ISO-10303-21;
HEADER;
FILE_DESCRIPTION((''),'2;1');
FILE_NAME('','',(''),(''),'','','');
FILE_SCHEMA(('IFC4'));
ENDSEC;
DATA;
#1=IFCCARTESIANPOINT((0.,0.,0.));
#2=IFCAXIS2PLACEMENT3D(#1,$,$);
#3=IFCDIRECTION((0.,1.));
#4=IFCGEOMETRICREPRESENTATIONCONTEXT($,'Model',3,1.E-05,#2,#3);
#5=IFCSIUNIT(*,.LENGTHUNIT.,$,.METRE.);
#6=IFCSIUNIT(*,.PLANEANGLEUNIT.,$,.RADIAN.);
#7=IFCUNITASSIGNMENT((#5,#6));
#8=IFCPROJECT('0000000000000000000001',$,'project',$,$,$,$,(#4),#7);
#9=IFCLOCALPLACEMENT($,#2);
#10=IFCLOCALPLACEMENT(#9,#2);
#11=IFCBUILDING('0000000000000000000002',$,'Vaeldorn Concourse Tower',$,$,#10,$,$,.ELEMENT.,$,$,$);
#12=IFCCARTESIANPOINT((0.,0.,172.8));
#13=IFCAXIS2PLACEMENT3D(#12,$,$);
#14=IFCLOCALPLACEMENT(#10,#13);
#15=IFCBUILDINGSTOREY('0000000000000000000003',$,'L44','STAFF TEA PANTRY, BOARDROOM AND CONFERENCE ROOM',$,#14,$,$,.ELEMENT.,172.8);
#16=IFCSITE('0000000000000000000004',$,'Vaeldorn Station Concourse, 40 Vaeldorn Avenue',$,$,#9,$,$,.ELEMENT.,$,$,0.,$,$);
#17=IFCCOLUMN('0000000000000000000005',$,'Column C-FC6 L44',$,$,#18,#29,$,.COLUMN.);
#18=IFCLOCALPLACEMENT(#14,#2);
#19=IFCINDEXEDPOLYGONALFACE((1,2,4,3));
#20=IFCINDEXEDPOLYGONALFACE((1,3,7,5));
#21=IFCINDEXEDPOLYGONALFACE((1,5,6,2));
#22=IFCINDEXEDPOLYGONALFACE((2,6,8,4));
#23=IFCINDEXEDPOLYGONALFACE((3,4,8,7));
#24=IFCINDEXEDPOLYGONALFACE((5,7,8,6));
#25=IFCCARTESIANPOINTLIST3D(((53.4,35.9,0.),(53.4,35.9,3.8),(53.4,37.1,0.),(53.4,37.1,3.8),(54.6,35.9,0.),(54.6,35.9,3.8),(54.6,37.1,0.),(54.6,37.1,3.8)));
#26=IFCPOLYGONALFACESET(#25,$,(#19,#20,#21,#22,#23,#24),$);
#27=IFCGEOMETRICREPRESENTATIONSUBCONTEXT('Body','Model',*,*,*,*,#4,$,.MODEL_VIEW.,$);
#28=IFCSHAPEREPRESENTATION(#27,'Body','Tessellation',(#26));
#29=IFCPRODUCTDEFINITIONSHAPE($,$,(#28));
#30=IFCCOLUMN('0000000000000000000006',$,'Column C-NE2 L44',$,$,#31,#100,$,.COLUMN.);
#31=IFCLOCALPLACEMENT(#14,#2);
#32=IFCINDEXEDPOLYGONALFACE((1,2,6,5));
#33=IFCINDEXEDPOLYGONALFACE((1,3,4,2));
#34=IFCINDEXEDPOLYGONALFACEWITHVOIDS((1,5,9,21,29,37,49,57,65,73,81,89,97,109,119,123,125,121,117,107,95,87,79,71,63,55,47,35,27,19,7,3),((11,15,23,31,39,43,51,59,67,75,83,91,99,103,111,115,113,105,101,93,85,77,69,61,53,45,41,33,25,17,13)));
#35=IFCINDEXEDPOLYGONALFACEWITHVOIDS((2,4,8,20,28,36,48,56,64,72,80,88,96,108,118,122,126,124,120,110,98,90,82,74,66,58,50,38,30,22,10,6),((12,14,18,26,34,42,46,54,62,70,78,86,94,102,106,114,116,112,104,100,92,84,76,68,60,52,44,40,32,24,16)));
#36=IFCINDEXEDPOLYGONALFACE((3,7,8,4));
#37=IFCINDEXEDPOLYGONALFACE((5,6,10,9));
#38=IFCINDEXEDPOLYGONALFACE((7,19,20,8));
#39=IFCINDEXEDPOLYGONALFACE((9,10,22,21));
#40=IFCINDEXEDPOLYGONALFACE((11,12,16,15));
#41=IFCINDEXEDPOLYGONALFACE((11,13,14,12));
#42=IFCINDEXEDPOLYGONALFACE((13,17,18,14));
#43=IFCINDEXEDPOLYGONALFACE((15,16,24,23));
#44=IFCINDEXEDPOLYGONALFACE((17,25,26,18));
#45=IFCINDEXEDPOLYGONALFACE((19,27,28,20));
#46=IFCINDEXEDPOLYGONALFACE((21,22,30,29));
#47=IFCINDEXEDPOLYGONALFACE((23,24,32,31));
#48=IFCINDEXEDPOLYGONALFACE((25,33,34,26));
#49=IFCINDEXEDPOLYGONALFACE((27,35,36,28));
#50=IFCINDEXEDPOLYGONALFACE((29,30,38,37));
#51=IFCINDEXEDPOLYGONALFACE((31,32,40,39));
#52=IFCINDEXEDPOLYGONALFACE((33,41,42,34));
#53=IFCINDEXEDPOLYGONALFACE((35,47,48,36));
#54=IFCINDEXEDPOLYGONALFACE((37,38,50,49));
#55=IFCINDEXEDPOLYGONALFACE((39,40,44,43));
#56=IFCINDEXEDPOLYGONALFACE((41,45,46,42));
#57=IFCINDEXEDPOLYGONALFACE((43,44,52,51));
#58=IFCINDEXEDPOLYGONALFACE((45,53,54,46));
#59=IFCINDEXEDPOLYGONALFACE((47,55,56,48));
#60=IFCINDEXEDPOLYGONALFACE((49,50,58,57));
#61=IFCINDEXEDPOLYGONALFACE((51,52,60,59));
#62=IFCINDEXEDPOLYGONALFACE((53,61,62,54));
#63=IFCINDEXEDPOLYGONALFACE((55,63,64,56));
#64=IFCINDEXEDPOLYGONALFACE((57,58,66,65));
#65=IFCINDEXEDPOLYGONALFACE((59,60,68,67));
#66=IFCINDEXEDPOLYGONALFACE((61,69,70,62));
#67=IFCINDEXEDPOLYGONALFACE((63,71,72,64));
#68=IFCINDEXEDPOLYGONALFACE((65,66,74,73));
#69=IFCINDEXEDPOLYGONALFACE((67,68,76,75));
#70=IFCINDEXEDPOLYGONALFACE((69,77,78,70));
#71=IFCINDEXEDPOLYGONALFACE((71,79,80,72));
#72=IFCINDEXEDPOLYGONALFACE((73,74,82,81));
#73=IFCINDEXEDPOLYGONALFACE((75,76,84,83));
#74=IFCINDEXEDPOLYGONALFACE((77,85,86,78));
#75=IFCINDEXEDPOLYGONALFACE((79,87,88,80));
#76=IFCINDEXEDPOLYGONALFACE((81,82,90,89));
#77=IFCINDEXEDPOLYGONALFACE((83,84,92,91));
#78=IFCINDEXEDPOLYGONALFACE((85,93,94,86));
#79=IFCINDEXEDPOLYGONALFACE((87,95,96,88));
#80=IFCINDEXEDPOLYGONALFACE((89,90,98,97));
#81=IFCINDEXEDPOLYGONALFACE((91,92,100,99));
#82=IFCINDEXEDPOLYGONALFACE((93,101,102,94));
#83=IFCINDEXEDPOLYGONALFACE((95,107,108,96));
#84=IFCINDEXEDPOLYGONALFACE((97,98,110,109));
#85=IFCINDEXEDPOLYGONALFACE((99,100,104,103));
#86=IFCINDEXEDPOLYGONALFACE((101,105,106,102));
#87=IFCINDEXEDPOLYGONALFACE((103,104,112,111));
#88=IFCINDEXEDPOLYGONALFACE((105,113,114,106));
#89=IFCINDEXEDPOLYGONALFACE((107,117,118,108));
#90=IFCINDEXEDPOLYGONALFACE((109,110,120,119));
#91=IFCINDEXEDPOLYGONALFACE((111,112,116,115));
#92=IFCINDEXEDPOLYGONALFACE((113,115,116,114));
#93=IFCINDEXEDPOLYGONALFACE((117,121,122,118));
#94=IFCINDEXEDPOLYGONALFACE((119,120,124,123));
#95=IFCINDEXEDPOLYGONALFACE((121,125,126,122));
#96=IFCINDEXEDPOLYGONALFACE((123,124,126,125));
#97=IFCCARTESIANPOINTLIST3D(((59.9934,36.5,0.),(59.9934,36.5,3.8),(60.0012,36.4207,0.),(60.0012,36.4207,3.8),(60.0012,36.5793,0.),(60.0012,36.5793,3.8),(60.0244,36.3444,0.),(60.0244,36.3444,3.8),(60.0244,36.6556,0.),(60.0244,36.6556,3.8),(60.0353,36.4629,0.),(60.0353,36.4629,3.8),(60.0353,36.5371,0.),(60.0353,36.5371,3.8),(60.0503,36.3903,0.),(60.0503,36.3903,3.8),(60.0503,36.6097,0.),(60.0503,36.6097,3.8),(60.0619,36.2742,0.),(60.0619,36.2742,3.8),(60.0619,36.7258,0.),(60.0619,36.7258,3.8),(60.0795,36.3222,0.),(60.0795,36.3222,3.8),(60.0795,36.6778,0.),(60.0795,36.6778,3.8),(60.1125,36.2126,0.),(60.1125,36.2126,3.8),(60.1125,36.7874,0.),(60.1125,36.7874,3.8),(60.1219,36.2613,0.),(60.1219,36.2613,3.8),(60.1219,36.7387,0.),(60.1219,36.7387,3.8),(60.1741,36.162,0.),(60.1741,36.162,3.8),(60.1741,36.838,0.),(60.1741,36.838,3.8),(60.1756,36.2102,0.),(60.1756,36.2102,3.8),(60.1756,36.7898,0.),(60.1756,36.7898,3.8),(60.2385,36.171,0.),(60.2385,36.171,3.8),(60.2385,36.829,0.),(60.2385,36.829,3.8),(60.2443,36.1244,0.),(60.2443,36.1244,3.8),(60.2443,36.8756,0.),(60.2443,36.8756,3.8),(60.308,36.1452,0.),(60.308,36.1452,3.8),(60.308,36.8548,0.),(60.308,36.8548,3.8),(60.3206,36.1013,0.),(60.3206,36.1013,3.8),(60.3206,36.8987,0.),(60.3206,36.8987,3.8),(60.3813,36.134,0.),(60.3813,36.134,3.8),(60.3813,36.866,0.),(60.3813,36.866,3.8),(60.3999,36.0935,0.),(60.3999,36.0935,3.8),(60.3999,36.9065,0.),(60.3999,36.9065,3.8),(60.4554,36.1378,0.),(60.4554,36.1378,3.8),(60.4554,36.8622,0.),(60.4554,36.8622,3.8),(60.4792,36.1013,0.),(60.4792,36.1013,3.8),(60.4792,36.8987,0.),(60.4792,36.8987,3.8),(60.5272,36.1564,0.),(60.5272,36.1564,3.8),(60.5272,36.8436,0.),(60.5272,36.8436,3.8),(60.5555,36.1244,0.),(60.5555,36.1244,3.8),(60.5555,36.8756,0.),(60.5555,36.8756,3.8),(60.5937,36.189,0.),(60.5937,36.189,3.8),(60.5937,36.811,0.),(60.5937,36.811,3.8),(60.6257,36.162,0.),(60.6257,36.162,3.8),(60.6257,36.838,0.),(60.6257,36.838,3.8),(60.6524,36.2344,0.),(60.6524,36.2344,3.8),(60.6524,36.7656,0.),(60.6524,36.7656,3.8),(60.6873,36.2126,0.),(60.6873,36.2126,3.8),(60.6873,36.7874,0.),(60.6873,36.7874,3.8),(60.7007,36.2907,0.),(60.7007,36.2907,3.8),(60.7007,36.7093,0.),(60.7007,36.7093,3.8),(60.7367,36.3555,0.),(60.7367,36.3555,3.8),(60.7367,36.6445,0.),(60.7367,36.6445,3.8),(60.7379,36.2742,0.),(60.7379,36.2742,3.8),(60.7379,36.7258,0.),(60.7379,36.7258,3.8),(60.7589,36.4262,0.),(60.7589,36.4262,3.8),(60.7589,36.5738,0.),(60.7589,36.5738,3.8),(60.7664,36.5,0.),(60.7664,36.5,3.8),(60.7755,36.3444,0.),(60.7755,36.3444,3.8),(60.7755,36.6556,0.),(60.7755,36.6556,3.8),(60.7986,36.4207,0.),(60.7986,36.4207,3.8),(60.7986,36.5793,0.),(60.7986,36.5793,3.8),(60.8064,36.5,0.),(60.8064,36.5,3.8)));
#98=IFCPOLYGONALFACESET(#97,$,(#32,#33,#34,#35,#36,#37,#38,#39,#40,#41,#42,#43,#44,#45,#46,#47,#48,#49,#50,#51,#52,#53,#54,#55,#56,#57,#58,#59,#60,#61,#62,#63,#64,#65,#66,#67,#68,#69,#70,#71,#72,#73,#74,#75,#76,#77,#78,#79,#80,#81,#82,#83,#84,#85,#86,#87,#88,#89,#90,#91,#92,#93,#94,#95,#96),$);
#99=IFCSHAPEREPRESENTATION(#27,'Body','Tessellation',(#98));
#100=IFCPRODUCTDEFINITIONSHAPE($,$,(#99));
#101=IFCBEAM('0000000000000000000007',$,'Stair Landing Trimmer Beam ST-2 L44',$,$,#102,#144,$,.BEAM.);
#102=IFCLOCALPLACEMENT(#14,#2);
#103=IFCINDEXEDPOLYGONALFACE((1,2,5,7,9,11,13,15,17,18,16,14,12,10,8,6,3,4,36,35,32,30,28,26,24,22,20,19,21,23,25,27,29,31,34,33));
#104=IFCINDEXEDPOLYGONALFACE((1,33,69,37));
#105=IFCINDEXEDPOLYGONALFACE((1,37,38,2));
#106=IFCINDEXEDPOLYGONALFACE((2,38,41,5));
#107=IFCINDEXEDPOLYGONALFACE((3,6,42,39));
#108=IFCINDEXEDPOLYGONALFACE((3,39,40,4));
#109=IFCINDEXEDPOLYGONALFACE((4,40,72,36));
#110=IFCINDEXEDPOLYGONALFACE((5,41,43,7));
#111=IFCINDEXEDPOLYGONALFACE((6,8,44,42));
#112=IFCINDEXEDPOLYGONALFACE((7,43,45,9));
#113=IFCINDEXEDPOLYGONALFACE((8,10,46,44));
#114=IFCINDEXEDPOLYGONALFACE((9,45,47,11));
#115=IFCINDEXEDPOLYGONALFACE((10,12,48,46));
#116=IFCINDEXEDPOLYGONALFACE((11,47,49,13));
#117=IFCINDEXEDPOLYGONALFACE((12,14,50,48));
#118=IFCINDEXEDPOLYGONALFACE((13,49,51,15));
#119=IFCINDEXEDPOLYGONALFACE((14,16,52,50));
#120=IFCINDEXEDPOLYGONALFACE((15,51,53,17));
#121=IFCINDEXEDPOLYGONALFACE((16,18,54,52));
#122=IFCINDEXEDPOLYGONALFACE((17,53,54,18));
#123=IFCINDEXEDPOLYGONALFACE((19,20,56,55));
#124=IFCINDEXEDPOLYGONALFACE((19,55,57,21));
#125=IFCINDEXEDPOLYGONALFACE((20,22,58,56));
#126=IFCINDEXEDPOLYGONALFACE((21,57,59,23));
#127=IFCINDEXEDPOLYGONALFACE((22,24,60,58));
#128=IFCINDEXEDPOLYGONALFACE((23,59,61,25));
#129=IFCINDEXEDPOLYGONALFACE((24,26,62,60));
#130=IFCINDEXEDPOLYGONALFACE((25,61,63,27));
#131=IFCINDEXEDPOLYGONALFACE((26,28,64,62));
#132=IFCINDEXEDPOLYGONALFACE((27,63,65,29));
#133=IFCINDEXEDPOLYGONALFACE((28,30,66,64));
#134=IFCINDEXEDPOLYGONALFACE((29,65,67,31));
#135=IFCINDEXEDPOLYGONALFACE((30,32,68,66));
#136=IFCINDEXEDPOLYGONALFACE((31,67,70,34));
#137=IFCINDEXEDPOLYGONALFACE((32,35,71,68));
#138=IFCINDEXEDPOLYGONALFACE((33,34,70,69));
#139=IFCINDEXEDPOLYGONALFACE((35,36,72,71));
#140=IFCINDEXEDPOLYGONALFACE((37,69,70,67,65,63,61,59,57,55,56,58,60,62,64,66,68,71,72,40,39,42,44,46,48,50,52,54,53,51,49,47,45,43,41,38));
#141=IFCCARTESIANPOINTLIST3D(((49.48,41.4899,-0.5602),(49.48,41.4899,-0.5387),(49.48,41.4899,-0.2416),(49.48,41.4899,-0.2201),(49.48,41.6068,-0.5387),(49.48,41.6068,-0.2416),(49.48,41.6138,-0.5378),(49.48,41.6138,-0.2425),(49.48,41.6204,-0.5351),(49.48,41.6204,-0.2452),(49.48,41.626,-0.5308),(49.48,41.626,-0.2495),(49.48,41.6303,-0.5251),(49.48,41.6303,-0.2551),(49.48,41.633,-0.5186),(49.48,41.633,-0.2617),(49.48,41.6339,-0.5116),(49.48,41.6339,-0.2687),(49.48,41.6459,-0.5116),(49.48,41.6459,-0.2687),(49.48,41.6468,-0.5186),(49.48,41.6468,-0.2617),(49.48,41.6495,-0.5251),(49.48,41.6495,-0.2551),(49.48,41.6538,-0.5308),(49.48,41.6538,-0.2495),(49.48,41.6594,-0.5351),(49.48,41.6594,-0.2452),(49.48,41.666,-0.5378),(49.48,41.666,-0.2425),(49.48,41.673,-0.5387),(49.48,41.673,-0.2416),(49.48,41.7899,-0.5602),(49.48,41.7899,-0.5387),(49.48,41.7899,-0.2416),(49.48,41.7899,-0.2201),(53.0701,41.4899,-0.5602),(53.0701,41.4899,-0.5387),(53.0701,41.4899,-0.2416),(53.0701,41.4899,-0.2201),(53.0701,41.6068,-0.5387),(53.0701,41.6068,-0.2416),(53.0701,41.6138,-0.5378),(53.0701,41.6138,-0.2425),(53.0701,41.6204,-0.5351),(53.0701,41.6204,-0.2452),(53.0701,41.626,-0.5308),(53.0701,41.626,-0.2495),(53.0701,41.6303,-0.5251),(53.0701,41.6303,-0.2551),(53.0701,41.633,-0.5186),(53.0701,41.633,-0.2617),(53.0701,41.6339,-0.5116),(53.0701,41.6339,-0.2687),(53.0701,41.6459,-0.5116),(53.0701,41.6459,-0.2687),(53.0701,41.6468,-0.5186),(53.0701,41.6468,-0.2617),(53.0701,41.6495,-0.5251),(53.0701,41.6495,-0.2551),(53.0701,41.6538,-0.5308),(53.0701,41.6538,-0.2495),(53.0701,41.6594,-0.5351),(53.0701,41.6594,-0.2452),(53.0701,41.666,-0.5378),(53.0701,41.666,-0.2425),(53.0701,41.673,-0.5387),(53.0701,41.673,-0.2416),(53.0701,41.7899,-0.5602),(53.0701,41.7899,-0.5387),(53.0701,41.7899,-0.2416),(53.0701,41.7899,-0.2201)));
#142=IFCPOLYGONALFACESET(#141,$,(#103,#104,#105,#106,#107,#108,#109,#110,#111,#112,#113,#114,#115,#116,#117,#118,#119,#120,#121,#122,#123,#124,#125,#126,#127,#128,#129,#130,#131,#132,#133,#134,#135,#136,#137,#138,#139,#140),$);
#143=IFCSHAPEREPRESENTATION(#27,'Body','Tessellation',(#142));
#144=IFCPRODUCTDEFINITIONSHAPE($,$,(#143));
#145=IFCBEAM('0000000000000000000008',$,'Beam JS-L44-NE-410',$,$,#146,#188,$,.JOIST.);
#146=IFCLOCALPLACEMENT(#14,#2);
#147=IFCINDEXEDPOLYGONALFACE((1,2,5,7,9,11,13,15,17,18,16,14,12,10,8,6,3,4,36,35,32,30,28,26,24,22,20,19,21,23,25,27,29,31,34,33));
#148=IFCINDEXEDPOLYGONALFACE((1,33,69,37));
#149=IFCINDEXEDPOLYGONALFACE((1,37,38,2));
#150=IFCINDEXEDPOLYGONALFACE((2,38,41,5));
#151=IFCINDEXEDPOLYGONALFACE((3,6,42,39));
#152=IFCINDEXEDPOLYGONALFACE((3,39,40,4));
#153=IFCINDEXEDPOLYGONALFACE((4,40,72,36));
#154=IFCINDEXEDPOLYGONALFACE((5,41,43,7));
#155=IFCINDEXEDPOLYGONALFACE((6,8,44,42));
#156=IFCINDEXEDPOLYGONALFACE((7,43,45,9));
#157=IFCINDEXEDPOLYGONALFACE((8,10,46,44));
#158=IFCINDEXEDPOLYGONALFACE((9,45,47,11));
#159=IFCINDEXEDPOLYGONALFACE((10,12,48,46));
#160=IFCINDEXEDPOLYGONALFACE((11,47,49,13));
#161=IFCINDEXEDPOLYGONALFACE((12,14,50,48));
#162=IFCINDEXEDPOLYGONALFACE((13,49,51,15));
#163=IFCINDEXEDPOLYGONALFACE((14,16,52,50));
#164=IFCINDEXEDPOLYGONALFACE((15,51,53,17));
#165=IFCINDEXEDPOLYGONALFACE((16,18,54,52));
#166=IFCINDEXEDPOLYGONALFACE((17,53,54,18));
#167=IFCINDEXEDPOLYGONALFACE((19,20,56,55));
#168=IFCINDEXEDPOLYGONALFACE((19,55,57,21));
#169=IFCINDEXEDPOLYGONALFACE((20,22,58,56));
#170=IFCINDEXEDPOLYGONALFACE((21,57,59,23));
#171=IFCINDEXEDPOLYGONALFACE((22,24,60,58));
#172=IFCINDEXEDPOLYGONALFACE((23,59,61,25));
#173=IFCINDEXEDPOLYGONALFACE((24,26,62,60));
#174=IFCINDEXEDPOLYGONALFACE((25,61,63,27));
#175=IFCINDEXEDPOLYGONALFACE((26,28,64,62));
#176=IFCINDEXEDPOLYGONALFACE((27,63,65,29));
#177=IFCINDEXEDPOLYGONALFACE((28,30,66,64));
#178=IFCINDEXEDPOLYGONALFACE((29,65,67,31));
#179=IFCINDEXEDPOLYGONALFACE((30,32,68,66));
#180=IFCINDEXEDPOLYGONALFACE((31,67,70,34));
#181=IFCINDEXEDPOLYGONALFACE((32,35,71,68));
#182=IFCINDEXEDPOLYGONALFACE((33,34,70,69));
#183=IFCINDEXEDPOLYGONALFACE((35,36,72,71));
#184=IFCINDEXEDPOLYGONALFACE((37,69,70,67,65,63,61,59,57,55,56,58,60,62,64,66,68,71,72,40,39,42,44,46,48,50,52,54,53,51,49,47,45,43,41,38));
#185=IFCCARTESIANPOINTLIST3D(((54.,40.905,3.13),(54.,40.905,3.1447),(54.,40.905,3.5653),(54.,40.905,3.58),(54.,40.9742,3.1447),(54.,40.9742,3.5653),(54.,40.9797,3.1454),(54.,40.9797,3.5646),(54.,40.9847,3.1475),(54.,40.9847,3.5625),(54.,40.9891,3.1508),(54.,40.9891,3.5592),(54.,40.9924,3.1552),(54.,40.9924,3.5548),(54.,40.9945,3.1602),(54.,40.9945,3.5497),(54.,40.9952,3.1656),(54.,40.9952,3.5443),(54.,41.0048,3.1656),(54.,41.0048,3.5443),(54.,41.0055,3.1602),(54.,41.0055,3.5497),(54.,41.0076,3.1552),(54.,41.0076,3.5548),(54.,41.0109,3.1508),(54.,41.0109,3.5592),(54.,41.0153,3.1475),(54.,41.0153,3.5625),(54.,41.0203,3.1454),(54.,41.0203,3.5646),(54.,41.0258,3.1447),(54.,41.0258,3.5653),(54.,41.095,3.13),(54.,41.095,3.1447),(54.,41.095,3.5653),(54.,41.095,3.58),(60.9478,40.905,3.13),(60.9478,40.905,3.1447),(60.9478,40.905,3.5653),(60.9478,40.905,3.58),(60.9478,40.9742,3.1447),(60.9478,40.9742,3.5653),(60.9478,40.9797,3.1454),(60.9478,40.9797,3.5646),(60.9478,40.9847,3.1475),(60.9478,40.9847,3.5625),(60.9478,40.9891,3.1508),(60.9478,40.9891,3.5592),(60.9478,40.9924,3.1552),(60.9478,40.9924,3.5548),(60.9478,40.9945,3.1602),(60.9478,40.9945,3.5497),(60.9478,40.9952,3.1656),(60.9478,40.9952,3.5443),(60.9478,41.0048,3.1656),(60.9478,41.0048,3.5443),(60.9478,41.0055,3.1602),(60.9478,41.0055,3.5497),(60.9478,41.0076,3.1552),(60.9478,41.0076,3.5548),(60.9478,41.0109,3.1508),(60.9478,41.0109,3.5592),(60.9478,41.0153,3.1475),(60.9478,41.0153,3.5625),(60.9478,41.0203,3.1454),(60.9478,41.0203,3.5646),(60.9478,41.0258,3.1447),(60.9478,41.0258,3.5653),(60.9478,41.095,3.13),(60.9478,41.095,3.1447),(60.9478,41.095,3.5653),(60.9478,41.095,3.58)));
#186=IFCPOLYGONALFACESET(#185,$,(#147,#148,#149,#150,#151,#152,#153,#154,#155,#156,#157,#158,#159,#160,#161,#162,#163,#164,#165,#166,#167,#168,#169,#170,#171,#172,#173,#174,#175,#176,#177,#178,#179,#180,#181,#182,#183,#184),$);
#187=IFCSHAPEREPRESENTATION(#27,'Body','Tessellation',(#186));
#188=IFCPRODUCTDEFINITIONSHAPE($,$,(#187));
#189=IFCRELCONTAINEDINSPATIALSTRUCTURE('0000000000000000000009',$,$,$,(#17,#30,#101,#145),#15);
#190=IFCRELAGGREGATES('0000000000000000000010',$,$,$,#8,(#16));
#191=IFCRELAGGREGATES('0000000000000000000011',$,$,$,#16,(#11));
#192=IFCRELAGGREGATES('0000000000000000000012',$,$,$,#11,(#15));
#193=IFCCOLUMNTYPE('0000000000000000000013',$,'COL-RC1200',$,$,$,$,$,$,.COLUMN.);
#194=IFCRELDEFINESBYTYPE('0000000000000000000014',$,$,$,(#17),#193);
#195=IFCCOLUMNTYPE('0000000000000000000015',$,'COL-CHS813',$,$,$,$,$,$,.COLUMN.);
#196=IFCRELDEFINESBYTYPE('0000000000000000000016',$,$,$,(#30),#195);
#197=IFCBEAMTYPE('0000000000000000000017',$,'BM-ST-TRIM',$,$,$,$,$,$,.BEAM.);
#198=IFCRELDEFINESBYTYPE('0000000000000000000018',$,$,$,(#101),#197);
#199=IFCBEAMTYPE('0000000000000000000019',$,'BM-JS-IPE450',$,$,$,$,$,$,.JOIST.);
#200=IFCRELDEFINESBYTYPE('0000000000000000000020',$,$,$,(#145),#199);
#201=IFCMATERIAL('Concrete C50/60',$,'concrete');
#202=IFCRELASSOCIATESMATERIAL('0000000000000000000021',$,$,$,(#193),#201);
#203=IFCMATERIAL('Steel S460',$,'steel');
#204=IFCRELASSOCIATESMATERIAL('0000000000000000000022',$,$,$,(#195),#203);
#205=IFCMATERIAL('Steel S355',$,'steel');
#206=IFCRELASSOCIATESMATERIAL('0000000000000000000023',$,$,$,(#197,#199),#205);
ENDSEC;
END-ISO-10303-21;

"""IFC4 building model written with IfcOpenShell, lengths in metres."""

from ifc_helpers import new_model, si_unit, direction, frame, origin, origin_2d, place, context, subcontext, project, spatial, rectangle, hollow_circle, i_section, extrude, source, transform, mapped, material, material_profile, profile_set, type_object, element, save


model = new_model("IFC4")

# Units and contexts
model_context = context("Model", 3, precision=1e-05, world=origin(), true_north=direction((0.0, 1.0)))
body_context = subcontext(model_context, "Body", "Model", "MODEL_VIEW")
ifc_project = project(units=[si_unit("LENGTHUNIT", "METRE"), si_unit("PLANEANGLEUNIT", "RADIAN")], contexts=[model_context])

# Site, building, storey
site_placement = place(None, origin())
site = spatial("IfcSite", under=ifc_project, at=site_placement, Name="Vaeldorn Station Concourse, 40 Vaeldorn Avenue", CompositionType="ELEMENT", RefElevation=0.0)
building_placement = place(site_placement, origin())
building = spatial("IfcBuilding", under=site, at=building_placement, Name="Vaeldorn Concourse Tower", CompositionType="ELEMENT")
storey_placement = place(building_placement, frame((0.0, 0.0, 172.8)))
storey = spatial("IfcBuildingStorey", under=building, at=storey_placement, Name="L44", Description="STAFF TEA PANTRY, BOARDROOM AND CONFERENCE ROOM", CompositionType="ELEMENT", Elevation=172.8)

# Columns
ifc_material_1 = material(Name="Concrete C50/60", Category="concrete")
ifc_material_profile_1 = material_profile(ifc_material_1, rectangle(XDim=1.2, YDim=1.2, at=origin_2d()), Name="RC 1200x1200")
ifc_profile_set_1 = profile_set([ifc_material_profile_1], Name="Concrete C50/60")
column_type_1 = type_object("IfcColumnType", Name="COL-RC1200", PredefinedType="COLUMN", material=ifc_profile_set_1)
shared_shape_1 = source(origin(), body_context, "Body", "SweptSolid", [
    extrude(rectangle(XDim=1.2, YDim=1.2, at=origin_2d()), origin(), (0.0, 0.0, 1.0), 3.8),
])
column_1_placement = place(storey_placement, frame((54.0, 36.5, 0.0), z_axis=(0.0, 0.0, 1.0), x_axis=(1.0, 0.0, 0.0)))
element("IfcColumn", 1, at=column_1_placement, inside=storey, type_object=column_type_1, Name="Column C-FC6 L44", PredefinedType="COLUMN", context=body_context, shape_type="MappedRepresentation", body=[
    mapped(shared_shape_1, transform((0.0, 0.0, 0.0), scale=1.0)),
])
ifc_material_2 = material(Name="Steel S460", Category="steel")
ifc_material_profile_2 = material_profile(ifc_material_2, hollow_circle(Radius=0.4065, WallThickness=0.04, at=origin_2d()), Name="CHS 813x40")
ifc_profile_set_2 = profile_set([ifc_material_profile_2], Name="Steel S460")
column_type_2 = type_object("IfcColumnType", Name="COL-CHS813", PredefinedType="COLUMN", material=ifc_profile_set_2)
shared_shape_2 = source(origin(), body_context, "Body", "SweptSolid", [
    extrude(hollow_circle(Radius=0.4065, WallThickness=0.04, at=origin_2d()), origin(), (0.0, 0.0, 1.0), 3.8),
])
column_2_placement = place(storey_placement, frame((60.3999, 36.5, 0.0), z_axis=(0.0, 0.0, 1.0), x_axis=(1.0, 0.0, 0.0)))
element("IfcColumn", 2, at=column_2_placement, inside=storey, type_object=column_type_2, Name="Column C-NE2 L44", PredefinedType="COLUMN", context=body_context, shape_type="MappedRepresentation", body=[
    mapped(shared_shape_2, transform((0.0, 0.0, 0.0), scale=1.0)),
])

# Beams
ifc_material_3 = material(Name="Steel S355", Category="steel")
ifc_material_profile_3 = material_profile(ifc_material_3, i_section(OverallWidth=0.3, OverallDepth=0.3401, WebThickness=0.012, FlangeThickness=0.0215, FilletRadius=0.0271, at=origin_2d()), Name="HEB 340")
ifc_profile_set_3 = profile_set([ifc_material_profile_3], Name="Steel S355")
beam_type_1 = type_object("IfcBeamType", Name="BM-ST-TRIM", PredefinedType="BEAM", material=ifc_profile_set_3)
shared_shape_3 = source(origin(), body_context, "Body", "SweptSolid", [
    extrude(i_section(OverallWidth=0.3, OverallDepth=0.3401, WebThickness=0.012, FlangeThickness=0.0215, FilletRadius=0.0271, at=origin_2d()), origin(), (0.0, 0.0, 1.0), 3.5901),
])
beam_1_placement = place(storey_placement, frame((49.48, 41.6399, -0.3901), z_axis=(1.0, 0.0, 0.0), x_axis=(0.0, 1.0, 0.0)))
element("IfcBeam", 3, at=beam_1_placement, inside=storey, type_object=beam_type_1, Name="Stair Landing Trimmer Beam ST-2 L44", PredefinedType="BEAM", context=body_context, shape_type="MappedRepresentation", body=[
    mapped(shared_shape_3, transform((0.0, 0.0, 0.0), scale=1.0)),
])
ifc_material_profile_4 = material_profile(ifc_material_3, i_section(OverallWidth=0.1899, OverallDepth=0.45, WebThickness=0.0095, FlangeThickness=0.0146, FilletRadius=0.021, at=origin_2d()), Name="IPE 450")
ifc_profile_set_4 = profile_set([ifc_material_profile_4], Name="Steel S355")
beam_type_2 = type_object("IfcBeamType", Name="BM-JS-IPE450", PredefinedType="JOIST", material=ifc_profile_set_4)
shared_shape_4 = source(origin(), body_context, "Body", "SweptSolid", [
    extrude(i_section(OverallWidth=0.1899, OverallDepth=0.45, WebThickness=0.0095, FlangeThickness=0.0146, FilletRadius=0.021, at=origin_2d()), origin(), (0.0, 0.0, 1.0), 6.9478),
])
beam_2_placement = place(storey_placement, frame((54.0, 41.0, 3.355), z_axis=(1.0, 0.0, 0.0), x_axis=(0.0, 1.0, 0.0)))
element("IfcBeam", 4, at=beam_2_placement, inside=storey, type_object=beam_type_2, Name="Beam JS-L44-NE-410", PredefinedType="JOIST", context=body_context, shape_type="MappedRepresentation", body=[
    mapped(shared_shape_4, transform((0.0, 0.0, 0.0), scale=1.0)),
])

save(model, "model.ifc")
